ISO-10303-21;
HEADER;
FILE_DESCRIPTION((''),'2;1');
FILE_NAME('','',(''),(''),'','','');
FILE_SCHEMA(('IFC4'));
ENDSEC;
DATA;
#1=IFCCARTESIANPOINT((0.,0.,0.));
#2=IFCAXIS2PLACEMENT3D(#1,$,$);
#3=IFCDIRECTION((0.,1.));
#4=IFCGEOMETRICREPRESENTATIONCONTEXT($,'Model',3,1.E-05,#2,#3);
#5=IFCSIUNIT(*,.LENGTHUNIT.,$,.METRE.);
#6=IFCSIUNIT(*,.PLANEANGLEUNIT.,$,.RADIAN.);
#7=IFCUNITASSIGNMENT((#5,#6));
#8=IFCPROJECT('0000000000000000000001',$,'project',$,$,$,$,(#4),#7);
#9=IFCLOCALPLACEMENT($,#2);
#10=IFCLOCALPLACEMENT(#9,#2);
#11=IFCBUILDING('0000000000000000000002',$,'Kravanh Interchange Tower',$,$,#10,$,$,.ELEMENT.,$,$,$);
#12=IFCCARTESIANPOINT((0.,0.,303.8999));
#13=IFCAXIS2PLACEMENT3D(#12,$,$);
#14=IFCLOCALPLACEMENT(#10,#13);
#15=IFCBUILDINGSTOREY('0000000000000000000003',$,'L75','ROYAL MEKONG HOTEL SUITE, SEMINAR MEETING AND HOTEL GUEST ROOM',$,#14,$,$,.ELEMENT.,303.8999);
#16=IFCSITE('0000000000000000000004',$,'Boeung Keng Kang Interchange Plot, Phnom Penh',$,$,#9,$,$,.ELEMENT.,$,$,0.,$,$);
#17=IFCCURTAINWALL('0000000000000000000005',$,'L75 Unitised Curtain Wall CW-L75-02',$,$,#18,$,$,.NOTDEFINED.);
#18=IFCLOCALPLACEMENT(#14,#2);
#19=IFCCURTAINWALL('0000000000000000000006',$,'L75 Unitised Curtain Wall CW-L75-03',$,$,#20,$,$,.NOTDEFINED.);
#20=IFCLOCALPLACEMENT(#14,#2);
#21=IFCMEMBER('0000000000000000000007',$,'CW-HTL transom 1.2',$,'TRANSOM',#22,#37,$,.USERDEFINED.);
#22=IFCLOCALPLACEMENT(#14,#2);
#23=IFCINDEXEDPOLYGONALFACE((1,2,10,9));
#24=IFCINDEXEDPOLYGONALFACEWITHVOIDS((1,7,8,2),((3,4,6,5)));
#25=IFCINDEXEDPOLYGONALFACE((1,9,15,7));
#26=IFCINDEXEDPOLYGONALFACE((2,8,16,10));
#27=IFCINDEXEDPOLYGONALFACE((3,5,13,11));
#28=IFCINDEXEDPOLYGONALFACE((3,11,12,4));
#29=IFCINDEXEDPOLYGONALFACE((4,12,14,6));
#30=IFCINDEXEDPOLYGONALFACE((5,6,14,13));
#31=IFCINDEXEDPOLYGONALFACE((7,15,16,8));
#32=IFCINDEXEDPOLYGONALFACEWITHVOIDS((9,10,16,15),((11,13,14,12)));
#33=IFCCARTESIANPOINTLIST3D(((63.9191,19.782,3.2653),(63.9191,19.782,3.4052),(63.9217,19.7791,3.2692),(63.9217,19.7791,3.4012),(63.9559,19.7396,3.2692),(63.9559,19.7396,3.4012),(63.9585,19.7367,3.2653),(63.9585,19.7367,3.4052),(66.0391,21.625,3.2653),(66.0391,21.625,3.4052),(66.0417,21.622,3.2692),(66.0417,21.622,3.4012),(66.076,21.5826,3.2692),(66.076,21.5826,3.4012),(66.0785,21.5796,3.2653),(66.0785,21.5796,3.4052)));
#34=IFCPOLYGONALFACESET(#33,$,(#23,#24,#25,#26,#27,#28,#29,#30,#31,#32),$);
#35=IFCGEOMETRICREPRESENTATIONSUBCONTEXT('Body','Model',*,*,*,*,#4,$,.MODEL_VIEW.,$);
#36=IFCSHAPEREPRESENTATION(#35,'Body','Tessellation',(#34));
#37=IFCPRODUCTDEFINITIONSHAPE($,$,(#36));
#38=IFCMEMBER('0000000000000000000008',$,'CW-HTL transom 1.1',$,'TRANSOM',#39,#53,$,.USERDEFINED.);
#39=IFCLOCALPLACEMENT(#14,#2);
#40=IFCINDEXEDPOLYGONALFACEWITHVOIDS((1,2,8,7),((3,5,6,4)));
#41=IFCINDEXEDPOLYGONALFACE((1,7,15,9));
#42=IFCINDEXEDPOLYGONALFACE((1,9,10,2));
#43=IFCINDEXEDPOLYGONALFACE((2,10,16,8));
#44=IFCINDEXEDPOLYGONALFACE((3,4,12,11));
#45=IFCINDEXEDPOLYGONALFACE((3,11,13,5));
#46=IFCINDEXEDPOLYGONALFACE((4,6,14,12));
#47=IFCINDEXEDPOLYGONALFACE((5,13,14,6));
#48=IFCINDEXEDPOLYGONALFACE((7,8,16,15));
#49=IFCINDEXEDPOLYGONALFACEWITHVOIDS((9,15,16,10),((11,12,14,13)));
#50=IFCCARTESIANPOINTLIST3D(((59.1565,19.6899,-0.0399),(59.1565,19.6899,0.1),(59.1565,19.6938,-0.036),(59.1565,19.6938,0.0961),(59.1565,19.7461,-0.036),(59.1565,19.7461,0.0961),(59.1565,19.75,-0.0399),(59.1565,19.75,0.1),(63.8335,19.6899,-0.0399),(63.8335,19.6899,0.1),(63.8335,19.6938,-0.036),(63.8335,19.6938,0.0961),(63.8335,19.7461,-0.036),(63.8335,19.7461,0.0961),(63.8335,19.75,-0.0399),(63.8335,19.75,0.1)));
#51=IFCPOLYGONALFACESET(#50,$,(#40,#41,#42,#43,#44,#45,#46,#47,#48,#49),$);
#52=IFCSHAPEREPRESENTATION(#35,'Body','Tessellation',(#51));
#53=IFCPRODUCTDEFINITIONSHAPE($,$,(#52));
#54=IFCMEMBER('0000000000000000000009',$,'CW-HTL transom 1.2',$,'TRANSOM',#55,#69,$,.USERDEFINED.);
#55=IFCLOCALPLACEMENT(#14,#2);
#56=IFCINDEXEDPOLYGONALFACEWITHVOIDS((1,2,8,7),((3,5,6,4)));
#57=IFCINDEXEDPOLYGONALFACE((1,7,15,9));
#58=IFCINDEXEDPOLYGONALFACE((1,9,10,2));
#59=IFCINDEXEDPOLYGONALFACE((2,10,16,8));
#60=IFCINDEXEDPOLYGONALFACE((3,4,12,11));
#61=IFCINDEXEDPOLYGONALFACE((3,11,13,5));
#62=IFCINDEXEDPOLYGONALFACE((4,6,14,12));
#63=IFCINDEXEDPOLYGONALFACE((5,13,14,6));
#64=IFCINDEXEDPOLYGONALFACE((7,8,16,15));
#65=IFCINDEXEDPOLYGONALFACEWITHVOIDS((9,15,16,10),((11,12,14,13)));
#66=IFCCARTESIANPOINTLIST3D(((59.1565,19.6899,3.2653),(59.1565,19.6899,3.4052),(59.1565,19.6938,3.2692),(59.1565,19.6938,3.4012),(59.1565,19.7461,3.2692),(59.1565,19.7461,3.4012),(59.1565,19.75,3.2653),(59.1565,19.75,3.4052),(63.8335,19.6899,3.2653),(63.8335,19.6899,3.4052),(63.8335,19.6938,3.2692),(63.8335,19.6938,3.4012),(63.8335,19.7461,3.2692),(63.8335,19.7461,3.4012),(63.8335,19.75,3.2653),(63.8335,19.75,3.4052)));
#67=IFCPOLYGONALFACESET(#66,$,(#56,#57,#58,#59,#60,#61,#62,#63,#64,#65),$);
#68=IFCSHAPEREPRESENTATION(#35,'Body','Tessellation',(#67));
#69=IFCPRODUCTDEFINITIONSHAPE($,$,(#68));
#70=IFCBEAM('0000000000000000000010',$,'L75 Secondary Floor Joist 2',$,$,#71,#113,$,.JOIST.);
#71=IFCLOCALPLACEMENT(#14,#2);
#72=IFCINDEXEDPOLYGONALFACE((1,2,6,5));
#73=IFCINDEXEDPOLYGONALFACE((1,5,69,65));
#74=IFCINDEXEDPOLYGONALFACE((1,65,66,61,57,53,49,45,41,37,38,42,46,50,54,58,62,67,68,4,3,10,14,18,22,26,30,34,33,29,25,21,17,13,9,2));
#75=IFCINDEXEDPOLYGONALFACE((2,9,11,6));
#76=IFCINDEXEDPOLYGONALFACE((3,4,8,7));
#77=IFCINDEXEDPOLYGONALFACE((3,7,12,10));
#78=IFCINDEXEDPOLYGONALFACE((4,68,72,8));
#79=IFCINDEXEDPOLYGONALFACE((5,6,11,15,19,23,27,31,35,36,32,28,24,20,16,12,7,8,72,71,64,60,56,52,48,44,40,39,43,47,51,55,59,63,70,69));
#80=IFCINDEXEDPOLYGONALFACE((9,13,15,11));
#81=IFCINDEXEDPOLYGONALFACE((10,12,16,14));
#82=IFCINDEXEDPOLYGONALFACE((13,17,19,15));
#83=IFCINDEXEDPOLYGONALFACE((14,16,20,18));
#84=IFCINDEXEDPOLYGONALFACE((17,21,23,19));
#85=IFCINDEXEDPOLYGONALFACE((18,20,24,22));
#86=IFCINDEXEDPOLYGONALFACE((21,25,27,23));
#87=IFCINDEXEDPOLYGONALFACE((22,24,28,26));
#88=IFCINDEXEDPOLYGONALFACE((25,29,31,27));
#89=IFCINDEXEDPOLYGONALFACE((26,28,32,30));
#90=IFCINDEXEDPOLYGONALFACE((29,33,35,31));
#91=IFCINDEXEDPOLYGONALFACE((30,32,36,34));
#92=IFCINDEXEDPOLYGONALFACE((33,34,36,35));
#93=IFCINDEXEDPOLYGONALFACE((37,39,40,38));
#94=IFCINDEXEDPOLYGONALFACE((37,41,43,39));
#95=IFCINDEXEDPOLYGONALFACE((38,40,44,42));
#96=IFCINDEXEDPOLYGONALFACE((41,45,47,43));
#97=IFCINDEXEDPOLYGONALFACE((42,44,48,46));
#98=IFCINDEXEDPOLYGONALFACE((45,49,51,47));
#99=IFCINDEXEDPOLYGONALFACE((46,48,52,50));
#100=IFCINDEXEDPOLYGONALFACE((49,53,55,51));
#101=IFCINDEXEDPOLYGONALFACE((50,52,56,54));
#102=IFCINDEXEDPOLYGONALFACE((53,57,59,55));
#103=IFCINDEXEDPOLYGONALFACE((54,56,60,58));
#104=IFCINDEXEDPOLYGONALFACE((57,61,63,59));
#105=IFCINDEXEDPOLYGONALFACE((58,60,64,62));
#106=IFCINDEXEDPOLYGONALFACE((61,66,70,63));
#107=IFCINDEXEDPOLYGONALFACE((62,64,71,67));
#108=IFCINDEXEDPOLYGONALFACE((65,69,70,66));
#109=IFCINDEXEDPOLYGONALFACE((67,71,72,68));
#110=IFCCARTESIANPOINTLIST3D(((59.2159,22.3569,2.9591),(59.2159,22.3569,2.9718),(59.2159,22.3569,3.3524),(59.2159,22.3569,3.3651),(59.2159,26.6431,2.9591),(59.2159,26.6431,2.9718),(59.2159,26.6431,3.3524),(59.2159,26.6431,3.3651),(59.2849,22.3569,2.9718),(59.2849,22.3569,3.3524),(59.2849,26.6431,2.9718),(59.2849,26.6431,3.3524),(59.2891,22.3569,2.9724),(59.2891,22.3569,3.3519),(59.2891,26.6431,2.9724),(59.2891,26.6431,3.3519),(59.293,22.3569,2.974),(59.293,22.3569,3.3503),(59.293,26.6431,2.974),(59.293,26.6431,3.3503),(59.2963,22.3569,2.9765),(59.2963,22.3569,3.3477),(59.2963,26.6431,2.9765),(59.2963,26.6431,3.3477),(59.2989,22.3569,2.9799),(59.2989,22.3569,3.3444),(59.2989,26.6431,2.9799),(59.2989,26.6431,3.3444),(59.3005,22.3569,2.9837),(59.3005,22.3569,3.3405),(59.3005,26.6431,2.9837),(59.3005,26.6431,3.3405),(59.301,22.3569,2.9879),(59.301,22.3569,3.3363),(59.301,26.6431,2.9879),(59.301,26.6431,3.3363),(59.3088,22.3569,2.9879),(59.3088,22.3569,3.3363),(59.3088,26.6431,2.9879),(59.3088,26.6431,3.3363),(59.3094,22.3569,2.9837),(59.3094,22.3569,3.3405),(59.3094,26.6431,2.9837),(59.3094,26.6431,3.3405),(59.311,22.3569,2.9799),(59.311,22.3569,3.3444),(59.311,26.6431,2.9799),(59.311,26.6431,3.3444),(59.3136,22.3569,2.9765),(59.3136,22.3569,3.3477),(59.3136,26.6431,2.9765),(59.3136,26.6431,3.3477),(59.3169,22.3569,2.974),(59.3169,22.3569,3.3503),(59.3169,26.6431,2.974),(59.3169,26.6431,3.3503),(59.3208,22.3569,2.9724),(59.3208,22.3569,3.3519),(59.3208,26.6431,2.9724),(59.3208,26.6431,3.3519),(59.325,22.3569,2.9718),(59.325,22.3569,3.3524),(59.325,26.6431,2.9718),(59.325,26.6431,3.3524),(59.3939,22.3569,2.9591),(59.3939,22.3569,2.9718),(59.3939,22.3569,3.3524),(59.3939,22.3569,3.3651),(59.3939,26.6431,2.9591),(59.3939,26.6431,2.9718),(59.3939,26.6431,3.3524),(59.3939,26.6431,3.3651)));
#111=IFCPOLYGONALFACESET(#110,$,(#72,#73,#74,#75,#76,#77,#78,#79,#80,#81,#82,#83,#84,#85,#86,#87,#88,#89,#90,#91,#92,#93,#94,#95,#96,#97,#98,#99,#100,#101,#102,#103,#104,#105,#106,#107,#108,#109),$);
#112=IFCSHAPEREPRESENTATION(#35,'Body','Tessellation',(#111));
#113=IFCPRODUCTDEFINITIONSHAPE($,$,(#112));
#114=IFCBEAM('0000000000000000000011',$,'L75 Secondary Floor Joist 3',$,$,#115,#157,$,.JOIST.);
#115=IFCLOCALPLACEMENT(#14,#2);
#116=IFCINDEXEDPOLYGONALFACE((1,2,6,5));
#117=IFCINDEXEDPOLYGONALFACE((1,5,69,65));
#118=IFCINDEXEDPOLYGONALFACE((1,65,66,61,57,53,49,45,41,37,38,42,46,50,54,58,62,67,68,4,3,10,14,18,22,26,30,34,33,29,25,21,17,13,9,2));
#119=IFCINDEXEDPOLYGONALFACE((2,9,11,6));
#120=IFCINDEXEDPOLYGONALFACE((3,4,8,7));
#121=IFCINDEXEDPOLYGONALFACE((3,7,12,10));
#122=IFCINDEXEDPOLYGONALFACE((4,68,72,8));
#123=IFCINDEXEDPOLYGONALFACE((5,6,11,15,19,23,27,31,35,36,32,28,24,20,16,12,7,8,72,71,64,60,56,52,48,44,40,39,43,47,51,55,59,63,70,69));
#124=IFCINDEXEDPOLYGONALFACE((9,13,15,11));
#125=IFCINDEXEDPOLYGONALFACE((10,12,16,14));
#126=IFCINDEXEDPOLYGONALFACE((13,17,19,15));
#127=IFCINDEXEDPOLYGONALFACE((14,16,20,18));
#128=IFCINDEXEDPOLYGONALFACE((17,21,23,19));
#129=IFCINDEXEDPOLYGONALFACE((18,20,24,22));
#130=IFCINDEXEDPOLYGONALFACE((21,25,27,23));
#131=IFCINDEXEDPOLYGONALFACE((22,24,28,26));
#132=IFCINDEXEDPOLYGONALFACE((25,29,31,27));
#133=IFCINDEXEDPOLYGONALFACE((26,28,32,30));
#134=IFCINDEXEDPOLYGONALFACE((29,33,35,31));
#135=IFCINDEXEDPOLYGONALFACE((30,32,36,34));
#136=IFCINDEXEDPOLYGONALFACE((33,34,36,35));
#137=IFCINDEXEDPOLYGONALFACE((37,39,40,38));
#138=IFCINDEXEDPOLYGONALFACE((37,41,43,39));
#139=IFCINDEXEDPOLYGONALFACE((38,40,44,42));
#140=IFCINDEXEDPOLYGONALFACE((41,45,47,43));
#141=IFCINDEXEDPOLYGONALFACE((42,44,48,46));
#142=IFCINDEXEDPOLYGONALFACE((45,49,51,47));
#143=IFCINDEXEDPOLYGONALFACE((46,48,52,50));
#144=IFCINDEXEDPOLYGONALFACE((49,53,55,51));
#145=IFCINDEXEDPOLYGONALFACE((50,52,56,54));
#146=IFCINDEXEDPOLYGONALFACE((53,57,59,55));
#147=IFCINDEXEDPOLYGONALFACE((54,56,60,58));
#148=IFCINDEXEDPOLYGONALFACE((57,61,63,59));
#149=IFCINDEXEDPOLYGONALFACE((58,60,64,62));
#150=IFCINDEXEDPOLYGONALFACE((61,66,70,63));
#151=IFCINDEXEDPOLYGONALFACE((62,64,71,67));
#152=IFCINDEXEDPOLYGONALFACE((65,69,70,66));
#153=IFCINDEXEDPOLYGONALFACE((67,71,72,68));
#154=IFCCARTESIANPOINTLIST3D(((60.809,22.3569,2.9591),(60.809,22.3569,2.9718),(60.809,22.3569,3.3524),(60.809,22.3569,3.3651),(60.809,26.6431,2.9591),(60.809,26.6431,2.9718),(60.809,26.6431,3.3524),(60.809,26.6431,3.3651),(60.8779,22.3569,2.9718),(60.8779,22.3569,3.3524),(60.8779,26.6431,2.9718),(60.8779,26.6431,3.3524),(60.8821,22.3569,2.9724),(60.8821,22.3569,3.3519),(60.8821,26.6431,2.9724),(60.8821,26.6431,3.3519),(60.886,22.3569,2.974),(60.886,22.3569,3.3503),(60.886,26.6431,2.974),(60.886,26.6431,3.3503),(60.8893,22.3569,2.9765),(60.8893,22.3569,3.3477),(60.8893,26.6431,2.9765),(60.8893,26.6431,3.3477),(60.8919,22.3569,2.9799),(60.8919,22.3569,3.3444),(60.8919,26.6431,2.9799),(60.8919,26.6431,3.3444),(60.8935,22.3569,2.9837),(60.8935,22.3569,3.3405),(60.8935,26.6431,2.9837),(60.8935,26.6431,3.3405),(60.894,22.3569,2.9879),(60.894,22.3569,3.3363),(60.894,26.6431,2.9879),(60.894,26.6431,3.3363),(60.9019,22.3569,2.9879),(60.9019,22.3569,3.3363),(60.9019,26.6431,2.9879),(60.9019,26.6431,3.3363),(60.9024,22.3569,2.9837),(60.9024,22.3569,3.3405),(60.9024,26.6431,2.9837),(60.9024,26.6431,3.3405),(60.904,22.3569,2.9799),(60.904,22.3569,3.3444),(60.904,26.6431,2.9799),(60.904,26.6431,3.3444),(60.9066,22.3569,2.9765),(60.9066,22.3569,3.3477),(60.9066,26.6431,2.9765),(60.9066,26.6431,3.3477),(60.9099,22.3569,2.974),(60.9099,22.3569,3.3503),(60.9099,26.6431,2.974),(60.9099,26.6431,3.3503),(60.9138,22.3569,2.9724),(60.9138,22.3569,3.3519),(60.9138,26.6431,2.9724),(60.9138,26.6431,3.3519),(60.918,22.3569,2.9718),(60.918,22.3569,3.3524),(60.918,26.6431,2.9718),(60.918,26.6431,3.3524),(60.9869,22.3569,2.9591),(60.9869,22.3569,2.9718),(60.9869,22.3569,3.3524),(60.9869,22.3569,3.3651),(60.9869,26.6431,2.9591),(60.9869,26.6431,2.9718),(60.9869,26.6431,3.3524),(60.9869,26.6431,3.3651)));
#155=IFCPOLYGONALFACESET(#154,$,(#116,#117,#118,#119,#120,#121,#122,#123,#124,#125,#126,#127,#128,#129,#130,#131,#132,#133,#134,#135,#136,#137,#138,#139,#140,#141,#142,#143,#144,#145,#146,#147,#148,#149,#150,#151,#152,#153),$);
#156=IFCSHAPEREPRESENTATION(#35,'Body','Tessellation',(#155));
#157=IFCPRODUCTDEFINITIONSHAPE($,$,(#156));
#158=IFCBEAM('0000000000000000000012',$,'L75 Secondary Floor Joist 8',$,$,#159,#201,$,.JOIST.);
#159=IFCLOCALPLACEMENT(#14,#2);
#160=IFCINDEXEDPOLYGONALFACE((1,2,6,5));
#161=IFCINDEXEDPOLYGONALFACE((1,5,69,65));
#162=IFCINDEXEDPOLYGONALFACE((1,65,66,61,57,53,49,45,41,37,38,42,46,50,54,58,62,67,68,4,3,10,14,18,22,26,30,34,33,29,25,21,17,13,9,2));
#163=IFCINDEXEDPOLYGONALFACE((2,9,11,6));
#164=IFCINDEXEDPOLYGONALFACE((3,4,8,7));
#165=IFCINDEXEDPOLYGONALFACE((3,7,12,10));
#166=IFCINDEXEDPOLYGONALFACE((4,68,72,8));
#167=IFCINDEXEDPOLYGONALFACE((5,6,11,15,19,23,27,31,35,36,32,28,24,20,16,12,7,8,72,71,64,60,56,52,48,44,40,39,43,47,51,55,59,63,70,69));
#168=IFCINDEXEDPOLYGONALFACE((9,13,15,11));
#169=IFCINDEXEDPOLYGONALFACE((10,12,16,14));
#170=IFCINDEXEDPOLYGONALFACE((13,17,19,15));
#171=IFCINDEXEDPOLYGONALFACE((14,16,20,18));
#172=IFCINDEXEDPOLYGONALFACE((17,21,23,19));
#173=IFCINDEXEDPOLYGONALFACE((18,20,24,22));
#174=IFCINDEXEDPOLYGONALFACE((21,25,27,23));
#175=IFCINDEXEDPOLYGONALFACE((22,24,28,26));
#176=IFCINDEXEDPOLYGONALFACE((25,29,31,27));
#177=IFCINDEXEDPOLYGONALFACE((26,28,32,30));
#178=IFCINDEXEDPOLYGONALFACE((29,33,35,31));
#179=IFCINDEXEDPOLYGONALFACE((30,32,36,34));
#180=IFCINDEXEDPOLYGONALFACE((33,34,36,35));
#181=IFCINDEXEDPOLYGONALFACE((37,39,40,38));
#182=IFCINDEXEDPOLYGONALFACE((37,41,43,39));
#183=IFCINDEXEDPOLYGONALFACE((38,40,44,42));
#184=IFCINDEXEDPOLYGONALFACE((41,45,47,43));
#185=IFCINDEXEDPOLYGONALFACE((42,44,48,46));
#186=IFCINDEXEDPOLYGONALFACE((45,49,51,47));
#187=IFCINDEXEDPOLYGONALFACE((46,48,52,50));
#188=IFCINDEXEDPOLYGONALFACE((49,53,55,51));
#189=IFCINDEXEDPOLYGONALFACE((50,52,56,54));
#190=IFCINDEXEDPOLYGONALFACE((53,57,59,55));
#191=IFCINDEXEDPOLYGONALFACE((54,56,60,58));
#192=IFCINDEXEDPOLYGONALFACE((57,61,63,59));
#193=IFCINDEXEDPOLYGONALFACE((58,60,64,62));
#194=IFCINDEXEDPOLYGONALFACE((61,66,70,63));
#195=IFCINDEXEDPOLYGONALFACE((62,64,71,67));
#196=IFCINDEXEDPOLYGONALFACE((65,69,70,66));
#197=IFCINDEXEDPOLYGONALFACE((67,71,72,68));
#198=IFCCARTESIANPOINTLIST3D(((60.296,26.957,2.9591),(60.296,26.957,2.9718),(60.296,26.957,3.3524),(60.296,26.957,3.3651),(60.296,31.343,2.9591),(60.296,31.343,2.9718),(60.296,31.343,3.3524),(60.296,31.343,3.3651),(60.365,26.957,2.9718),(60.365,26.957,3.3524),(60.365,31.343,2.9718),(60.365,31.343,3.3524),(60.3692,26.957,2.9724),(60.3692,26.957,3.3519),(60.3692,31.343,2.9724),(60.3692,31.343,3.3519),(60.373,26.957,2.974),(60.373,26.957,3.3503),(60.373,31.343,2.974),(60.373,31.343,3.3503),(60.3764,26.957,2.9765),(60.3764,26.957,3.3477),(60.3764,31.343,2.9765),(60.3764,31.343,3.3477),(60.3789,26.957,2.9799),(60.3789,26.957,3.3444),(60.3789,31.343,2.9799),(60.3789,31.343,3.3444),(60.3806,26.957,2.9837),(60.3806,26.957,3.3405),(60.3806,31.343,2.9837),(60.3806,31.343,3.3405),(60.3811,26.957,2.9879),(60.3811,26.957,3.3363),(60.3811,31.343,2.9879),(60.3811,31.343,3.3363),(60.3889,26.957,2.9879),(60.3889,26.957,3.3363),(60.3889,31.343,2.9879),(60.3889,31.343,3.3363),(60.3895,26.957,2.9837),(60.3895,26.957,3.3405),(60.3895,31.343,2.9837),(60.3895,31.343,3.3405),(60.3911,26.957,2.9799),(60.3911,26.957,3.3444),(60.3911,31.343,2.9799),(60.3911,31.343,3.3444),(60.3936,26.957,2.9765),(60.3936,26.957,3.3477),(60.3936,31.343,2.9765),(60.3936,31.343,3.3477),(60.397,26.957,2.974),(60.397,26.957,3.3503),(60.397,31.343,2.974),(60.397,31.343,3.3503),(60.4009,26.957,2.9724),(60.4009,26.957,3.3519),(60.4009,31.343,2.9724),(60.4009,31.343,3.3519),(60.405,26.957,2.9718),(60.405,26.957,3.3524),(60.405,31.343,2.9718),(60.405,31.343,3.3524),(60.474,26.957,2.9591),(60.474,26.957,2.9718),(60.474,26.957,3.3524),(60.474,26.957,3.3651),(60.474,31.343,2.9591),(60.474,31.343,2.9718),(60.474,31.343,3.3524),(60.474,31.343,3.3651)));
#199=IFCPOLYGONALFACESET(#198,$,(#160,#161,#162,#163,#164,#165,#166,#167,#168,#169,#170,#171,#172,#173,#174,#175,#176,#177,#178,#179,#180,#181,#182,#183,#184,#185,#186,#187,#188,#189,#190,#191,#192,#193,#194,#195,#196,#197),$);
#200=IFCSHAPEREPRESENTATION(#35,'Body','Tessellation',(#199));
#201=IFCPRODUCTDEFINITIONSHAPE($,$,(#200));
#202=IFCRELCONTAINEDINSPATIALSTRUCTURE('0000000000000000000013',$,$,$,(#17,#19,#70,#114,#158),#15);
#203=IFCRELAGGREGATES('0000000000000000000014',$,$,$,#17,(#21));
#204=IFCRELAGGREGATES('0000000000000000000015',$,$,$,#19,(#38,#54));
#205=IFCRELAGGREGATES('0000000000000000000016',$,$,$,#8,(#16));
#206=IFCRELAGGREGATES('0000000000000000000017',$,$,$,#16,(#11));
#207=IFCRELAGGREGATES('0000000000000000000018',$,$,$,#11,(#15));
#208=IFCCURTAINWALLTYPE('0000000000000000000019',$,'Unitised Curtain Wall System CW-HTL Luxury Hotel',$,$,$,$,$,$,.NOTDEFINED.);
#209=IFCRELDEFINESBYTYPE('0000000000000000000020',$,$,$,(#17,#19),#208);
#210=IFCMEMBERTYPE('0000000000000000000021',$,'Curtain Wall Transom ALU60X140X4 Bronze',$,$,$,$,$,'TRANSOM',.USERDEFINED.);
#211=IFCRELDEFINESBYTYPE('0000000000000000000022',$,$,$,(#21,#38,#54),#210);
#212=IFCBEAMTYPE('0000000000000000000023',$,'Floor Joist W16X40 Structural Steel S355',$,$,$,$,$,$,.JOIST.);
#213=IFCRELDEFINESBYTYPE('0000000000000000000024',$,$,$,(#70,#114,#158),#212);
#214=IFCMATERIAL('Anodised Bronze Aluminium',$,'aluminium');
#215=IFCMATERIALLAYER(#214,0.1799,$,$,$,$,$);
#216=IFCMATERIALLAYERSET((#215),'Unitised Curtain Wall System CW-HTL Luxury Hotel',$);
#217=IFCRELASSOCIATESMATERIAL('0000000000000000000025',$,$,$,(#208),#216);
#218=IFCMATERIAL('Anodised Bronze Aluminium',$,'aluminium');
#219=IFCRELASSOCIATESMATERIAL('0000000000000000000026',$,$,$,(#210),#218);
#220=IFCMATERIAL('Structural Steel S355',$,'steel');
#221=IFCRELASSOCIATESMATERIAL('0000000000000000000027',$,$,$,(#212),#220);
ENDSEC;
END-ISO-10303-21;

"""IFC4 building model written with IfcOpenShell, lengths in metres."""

from ifc_helpers import new_model, si_unit, direction, frame, origin, origin_2d, place, context, subcontext, project, spatial, hollow_rectangle, i_section, extrude, material, layer, layer_set, material_profile, profile_set, type_object, element, aggregate, save


model = new_model("IFC4")

# Units and contexts
model_context = context("Model", 3, precision=1e-05, world=origin(), true_north=direction((0.0, 1.0)))
body_context = subcontext(model_context, "Body", "Model", "MODEL_VIEW")
ifc_project = project(units=[si_unit("LENGTHUNIT", "METRE"), si_unit("PLANEANGLEUNIT", "RADIAN")], contexts=[model_context])

# Site, building, storey
site_placement = place(None, origin())
site = spatial("IfcSite", under=ifc_project, at=site_placement, Name="Boeung Keng Kang Interchange Plot, Phnom Penh", CompositionType="ELEMENT", RefElevation=0.0)
building_placement = place(site_placement, origin())
building = spatial("IfcBuilding", under=site, at=building_placement, Name="Kravanh Interchange Tower", CompositionType="ELEMENT")
storey_placement = place(building_placement, frame((0.0, 0.0, 303.8999)))
storey = spatial("IfcBuildingStorey", under=building, at=storey_placement, Name="L75", Description="ROYAL MEKONG HOTEL SUITE, SEMINAR MEETING AND HOTEL GUEST ROOM", CompositionType="ELEMENT", Elevation=303.8999)

# Curtain walls
ifc_material_1 = material(Name="Anodised Bronze Aluminium", Category="aluminium")
ifc_layer_1 = layer(ifc_material_1, 0.1799)
ifc_layer_set_1 = layer_set([ifc_layer_1], Name="Unitised Curtain Wall System CW-HTL Luxury Hotel")
curtain_wall_type = type_object("IfcCurtainWallType", Name="Unitised Curtain Wall System CW-HTL Luxury Hotel", PredefinedType="NOTDEFINED", material=ifc_layer_set_1)
curtain_wall_1_placement = place(storey_placement, origin())
curtain_wall_1 = element("IfcCurtainWall", 1, at=curtain_wall_1_placement, inside=storey, type_object=curtain_wall_type, Name="L75 Unitised Curtain Wall CW-L75-02", PredefinedType="NOTDEFINED")
curtain_wall_2_placement = place(storey_placement, origin())
curtain_wall_2 = element("IfcCurtainWall", 2, at=curtain_wall_2_placement, inside=storey, type_object=curtain_wall_type, Name="L75 Unitised Curtain Wall CW-L75-03", PredefinedType="NOTDEFINED")

# Members
ifc_material_2 = material(Name="Anodised Bronze Aluminium", Category="aluminium")
ifc_material_profile_1 = material_profile(ifc_material_2, hollow_rectangle(XDim=0.0601, YDim=0.1399, WallThickness=0.0039, at=origin_2d()), Name="ALU60X140X4")
ifc_profile_set_1 = profile_set([ifc_material_profile_1], Name="Anodised Bronze Aluminium")
member_type_1 = type_object("IfcMemberType", Name="Curtain Wall Transom ALU60X140X4 Bronze", ElementType="TRANSOM", PredefinedType="USERDEFINED", material=ifc_profile_set_1)
member_1_placement = place(storey_placement, frame((66.0588, 21.6023, 3.3352), z_axis=(-0.754705, -0.656065, 0.0), x_axis=(0.656065, -0.754705, 0.0)))
member_1 = element("IfcMember", 3, at=member_1_placement, type_object=member_type_1, Name="CW-HTL transom 1.2", ObjectType="TRANSOM", PredefinedType="USERDEFINED", context=body_context, shape_type="SweptSolid", body=[
    extrude(hollow_rectangle(XDim=0.0601, YDim=0.1399, WallThickness=0.0039, at=origin_2d()), origin(), (0.0, 0.0, 1.0), 2.8091),
])
member_2_placement = place(storey_placement, frame((63.8335, 19.72, 0.03), z_axis=(-1.0, 0.0, 0.0), x_axis=(0.0, -1.0, 0.0)))
member_2 = element("IfcMember", 4, at=member_2_placement, type_object=member_type_1, Name="CW-HTL transom 1.1", ObjectType="TRANSOM", PredefinedType="USERDEFINED", context=body_context, shape_type="SweptSolid", body=[
    extrude(hollow_rectangle(XDim=0.0601, YDim=0.1399, WallThickness=0.0039, at=origin_2d()), origin(), (0.0, 0.0, 1.0), 4.677),
])
member_3_placement = place(storey_placement, frame((63.8335, 19.72, 3.3352), z_axis=(-1.0, 0.0, 0.0), x_axis=(0.0, -1.0, 0.0)))
member_3 = element("IfcMember", 5, at=member_3_placement, type_object=member_type_1, Name="CW-HTL transom 1.2", ObjectType="TRANSOM", PredefinedType="USERDEFINED", context=body_context, shape_type="SweptSolid", body=[
    extrude(hollow_rectangle(XDim=0.0601, YDim=0.1399, WallThickness=0.0039, at=origin_2d()), origin(), (0.0, 0.0, 1.0), 4.677),
])

# Beams
ifc_material_3 = material(Name="Structural Steel S355", Category="steel")
ifc_material_profile_2 = material_profile(ifc_material_3, i_section(OverallWidth=0.178, OverallDepth=0.406, WebThickness=0.0078, FlangeThickness=0.0127, FilletRadius=0.0161, at=origin_2d()), Name="W16X40")
ifc_profile_set_2 = profile_set([ifc_material_profile_2], Name="Structural Steel S355")
beam_type_1 = type_object("IfcBeamType", Name="Floor Joist W16X40 Structural Steel S355", PredefinedType="JOIST", material=ifc_profile_set_2)
for number, where, z_axis, x_axis, name in (
    (6, (59.3049, 22.3569, 3.1621), (0.0, 1.0, 0.0), (-1.0, 0.0, 0.0), "L75 Secondary Floor Joist 2"),
    (7, (60.8979, 22.3569, 3.1621), (0.0, 1.0, 0.0), (-1.0, 0.0, 0.0), "L75 Secondary Floor Joist 3"),
):
    element("IfcBeam", number, at=place(storey_placement, frame(where, z_axis=z_axis, x_axis=x_axis)), inside=storey, type_object=beam_type_1, Name=name, PredefinedType="JOIST", context=body_context, shape_type="SweptSolid", body=[
        extrude(i_section(OverallWidth=0.178, OverallDepth=0.406, WebThickness=0.0078, FlangeThickness=0.0127, FilletRadius=0.0161, at=origin_2d()), origin(), (0.0, 0.0, 1.0), 4.2861),
    ])
beam_1_placement = place(storey_placement, frame((60.385, 26.957, 3.1621), z_axis=(0.0, 1.0, 0.0), x_axis=(-1.0, 0.0, 0.0)))
element("IfcBeam", 8, at=beam_1_placement, inside=storey, type_object=beam_type_1, Name="L75 Secondary Floor Joist 8", PredefinedType="JOIST", context=body_context, shape_type="SweptSolid", body=[
    extrude(i_section(OverallWidth=0.178, OverallDepth=0.406, WebThickness=0.0078, FlangeThickness=0.0127, FilletRadius=0.0161, at=origin_2d()), origin(), (0.0, 0.0, 1.0), 4.386),
])

aggregate(curtain_wall_1, [member_1])
aggregate(curtain_wall_2, [member_2, member_3])

save(model, "model.ifc")
